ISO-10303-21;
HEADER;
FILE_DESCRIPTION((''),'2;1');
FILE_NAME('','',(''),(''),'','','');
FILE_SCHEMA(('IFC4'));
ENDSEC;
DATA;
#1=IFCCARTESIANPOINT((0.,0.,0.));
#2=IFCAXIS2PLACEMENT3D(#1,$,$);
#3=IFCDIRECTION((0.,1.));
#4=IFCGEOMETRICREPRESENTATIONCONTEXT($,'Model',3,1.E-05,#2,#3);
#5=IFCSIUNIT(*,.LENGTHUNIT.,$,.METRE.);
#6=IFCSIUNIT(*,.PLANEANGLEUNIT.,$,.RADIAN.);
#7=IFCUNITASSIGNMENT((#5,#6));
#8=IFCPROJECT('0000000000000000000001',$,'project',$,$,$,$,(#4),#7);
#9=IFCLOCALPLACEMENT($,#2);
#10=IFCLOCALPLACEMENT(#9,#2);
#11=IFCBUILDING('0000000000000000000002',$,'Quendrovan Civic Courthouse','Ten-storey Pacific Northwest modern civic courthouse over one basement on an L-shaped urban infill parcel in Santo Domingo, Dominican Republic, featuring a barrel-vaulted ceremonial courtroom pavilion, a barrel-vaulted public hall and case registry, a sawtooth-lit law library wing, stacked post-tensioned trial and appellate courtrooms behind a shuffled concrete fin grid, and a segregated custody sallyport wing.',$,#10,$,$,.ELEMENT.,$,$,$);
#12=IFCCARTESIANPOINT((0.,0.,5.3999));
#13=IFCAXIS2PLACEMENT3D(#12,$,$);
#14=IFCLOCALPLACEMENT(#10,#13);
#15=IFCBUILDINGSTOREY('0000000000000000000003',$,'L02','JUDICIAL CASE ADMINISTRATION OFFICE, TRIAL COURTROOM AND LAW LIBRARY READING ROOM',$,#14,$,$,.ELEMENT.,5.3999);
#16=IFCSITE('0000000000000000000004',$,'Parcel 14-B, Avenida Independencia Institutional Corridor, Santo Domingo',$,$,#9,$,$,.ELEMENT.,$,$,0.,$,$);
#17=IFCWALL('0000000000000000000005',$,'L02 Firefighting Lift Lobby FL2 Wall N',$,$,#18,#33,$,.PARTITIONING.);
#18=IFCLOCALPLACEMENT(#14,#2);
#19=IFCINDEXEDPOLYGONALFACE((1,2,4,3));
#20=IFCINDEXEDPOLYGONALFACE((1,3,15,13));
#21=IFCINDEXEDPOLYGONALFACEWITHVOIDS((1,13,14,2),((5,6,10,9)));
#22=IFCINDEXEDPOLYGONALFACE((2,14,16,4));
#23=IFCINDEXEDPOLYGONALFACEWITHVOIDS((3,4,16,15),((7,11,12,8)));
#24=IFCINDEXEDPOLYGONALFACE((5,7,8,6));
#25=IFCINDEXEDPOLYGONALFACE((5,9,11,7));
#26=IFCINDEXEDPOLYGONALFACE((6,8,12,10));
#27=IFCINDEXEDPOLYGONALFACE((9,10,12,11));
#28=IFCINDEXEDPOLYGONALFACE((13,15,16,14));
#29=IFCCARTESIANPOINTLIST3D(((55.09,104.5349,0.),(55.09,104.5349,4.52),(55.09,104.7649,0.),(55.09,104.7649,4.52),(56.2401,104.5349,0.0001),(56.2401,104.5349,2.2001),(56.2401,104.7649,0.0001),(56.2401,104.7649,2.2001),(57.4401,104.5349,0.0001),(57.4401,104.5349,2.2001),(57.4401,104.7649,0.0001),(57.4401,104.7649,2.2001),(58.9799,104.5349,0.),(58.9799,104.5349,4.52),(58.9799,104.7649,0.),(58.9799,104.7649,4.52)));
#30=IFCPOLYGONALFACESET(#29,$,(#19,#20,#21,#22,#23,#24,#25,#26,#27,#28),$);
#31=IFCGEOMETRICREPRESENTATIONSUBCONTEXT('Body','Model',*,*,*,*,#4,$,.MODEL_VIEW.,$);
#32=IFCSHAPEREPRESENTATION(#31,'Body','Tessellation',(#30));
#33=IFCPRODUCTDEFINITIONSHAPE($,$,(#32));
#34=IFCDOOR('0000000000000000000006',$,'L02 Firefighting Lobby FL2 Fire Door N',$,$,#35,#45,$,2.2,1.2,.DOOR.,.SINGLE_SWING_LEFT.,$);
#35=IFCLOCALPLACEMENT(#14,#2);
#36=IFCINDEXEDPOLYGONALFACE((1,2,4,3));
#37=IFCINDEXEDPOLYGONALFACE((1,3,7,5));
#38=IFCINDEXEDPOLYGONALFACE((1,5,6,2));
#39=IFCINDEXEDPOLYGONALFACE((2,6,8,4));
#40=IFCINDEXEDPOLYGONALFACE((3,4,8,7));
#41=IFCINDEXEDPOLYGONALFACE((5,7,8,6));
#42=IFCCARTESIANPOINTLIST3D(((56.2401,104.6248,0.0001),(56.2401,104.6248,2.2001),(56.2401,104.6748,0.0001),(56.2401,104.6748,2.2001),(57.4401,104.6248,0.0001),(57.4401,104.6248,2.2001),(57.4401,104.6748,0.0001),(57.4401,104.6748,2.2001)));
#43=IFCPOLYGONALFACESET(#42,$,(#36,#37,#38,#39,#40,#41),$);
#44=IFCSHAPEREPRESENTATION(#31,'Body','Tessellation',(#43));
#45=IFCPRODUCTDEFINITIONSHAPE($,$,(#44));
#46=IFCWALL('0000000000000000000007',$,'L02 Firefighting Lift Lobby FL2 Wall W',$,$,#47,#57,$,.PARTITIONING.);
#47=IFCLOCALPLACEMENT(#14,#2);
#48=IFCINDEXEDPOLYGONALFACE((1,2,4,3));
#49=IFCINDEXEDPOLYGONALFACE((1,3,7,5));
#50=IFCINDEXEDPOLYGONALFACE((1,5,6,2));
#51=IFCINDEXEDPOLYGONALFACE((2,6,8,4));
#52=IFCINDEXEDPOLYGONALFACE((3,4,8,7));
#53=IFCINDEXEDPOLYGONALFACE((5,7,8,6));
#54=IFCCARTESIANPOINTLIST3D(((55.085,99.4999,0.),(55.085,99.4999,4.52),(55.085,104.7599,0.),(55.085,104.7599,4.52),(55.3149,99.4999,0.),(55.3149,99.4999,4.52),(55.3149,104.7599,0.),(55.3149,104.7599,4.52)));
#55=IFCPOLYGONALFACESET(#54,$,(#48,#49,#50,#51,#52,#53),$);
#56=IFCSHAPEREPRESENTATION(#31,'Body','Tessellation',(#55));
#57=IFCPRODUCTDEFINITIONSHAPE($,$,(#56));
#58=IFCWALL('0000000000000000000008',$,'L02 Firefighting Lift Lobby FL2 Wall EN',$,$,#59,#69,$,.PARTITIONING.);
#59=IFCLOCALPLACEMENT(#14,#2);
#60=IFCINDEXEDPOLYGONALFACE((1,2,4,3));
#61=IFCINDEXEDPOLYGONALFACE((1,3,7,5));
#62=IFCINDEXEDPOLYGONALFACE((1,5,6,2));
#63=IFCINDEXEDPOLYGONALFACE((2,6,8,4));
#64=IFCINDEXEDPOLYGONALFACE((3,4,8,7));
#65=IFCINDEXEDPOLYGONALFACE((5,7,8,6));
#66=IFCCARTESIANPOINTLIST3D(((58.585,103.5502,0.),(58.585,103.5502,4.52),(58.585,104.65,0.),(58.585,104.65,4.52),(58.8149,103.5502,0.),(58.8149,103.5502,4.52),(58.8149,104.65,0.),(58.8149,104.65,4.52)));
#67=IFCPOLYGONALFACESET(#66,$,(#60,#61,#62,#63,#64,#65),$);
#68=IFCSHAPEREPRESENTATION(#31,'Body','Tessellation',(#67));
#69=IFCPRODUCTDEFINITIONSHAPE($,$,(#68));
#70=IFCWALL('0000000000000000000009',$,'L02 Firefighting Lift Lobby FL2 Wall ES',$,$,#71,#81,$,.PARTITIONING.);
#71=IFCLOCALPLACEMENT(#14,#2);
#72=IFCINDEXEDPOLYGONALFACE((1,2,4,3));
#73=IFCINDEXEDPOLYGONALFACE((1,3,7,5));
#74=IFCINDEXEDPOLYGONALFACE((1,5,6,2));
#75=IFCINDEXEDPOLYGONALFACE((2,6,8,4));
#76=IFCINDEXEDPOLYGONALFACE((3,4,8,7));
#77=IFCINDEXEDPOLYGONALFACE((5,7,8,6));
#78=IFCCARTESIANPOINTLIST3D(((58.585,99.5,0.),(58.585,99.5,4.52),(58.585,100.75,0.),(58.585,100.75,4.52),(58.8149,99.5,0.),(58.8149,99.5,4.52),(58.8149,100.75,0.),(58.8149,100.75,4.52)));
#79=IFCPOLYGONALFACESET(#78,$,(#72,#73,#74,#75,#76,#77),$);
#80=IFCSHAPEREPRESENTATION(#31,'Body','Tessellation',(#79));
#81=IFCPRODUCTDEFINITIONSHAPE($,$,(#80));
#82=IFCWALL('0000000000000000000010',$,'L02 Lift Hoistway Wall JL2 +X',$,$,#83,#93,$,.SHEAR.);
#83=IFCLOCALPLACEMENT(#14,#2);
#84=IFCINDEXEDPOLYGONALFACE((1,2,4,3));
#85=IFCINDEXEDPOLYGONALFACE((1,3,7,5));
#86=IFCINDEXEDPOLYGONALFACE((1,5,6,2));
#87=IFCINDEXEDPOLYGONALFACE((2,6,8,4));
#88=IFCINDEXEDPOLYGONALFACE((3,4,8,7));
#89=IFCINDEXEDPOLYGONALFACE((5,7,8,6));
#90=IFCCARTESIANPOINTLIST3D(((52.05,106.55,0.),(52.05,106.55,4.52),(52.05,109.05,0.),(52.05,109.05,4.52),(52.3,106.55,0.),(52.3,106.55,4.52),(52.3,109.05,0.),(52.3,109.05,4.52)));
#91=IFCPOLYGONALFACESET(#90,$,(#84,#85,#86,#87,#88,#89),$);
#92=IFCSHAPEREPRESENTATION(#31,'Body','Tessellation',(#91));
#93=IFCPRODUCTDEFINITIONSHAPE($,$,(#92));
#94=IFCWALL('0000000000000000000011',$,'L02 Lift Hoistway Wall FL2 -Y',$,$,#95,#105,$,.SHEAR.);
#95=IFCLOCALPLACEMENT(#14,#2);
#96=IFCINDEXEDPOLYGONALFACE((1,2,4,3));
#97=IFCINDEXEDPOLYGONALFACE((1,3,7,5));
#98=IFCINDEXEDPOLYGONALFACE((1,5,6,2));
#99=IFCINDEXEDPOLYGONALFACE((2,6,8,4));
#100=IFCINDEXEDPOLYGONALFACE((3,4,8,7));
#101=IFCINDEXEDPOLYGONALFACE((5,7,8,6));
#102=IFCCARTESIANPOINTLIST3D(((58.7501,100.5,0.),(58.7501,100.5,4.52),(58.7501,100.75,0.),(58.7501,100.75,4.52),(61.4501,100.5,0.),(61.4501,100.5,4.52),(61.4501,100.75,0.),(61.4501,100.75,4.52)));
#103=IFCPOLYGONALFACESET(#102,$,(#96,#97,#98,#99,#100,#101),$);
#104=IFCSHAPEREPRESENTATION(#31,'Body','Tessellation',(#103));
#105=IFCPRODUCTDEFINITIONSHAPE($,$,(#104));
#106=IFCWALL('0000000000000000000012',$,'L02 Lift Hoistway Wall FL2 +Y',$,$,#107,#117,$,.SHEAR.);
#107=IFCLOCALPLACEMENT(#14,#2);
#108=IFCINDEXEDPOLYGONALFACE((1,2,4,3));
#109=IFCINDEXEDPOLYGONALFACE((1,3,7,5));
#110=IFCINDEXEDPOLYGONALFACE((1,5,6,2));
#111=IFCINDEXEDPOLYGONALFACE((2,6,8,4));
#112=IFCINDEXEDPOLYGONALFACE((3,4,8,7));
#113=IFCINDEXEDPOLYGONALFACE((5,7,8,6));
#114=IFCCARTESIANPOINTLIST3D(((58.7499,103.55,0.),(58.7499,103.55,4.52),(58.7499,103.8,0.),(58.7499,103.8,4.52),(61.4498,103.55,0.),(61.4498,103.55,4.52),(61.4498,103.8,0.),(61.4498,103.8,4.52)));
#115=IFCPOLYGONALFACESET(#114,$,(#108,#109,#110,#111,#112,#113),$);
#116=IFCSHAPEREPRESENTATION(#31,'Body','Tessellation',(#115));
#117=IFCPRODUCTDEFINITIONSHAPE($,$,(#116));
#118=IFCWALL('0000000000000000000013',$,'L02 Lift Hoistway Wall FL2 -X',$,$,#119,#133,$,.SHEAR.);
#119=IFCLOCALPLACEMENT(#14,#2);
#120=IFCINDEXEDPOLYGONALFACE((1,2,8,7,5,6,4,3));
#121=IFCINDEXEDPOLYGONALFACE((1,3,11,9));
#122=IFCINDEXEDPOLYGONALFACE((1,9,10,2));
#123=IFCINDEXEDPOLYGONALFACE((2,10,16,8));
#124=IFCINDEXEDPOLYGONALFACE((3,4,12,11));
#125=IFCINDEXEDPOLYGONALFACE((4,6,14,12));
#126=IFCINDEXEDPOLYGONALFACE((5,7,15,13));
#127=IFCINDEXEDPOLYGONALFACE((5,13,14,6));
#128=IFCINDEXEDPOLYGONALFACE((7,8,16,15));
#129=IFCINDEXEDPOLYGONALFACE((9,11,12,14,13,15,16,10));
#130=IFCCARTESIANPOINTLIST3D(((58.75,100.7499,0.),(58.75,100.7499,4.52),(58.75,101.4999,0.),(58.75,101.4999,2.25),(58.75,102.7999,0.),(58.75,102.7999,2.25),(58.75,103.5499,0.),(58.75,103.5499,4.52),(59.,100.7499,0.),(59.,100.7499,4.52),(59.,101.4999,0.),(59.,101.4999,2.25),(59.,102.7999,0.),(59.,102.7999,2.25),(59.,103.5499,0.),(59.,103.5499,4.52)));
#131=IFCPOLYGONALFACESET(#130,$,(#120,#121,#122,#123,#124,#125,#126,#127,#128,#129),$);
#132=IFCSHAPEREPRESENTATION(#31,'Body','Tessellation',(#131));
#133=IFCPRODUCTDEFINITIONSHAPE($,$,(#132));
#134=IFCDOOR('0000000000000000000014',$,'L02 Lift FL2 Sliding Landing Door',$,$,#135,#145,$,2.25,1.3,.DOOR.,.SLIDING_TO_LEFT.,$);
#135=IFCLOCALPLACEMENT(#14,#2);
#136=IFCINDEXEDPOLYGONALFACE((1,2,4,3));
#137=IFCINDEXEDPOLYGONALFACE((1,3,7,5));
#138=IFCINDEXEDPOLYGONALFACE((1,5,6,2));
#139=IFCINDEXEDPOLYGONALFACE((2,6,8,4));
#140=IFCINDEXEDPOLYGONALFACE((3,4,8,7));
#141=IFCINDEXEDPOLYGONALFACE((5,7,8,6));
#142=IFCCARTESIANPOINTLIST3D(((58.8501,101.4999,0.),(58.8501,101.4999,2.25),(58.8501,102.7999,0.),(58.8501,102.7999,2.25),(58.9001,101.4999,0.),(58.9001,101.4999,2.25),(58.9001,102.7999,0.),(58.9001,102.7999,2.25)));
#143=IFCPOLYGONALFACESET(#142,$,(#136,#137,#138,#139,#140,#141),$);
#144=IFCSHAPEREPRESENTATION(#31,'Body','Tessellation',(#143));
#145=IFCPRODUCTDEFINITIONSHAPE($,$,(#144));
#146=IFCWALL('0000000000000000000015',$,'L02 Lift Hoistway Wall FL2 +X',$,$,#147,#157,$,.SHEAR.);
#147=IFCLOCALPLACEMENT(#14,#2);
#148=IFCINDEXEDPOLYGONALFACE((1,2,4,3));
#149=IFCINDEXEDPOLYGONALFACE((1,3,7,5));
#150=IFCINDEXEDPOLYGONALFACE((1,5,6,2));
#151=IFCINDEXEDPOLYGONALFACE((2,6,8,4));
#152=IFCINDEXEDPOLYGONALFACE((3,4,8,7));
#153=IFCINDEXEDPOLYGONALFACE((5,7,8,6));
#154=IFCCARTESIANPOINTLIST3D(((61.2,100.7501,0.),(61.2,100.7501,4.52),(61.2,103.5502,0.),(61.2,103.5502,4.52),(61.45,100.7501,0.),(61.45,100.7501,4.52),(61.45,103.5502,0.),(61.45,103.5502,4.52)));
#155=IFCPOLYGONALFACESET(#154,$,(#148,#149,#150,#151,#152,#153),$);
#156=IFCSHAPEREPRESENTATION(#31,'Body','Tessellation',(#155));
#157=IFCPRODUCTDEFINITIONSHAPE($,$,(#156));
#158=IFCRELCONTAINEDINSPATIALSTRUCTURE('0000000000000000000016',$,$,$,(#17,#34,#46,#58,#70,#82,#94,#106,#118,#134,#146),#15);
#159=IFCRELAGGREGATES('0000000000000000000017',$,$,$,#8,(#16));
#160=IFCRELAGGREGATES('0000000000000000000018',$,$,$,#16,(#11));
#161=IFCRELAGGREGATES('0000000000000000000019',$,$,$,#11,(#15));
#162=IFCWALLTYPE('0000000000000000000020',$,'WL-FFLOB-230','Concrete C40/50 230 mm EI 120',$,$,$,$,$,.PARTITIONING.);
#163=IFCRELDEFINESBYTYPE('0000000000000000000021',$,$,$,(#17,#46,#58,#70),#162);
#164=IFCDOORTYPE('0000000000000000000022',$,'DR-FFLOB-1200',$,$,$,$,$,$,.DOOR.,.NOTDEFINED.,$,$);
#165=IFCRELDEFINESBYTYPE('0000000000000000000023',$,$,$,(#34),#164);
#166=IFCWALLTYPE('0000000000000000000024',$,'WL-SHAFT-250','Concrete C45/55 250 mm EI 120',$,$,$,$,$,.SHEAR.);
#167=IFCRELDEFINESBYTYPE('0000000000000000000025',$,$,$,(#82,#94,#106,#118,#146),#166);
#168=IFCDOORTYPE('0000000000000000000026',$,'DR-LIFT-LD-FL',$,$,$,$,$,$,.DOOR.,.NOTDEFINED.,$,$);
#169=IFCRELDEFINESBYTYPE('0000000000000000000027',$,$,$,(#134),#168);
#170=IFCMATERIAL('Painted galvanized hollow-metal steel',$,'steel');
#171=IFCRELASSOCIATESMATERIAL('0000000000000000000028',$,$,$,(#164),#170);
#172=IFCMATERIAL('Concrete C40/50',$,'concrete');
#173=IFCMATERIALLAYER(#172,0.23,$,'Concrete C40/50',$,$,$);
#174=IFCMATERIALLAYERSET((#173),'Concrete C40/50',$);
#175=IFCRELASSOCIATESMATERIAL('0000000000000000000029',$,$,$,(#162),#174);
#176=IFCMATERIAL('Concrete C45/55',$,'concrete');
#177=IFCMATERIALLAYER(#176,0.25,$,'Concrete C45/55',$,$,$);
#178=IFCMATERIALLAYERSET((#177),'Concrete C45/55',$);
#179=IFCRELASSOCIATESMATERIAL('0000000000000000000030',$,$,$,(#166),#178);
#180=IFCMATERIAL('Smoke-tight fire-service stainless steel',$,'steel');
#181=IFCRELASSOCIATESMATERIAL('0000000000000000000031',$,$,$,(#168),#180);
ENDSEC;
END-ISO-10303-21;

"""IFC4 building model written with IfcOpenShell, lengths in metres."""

from ifc_helpers import new_model, si_unit, direction, frame, frame_2d, origin, place, context, subcontext, project, spatial, rectangle, extrude, material, layer, layer_set, type_object, element, fill, save


model = new_model("IFC4")

# Units and contexts
model_context = context("Model", 3, precision=1e-05, world=origin(), true_north=direction((0.0, 1.0)))
body_context = subcontext(model_context, "Body", "Model", "MODEL_VIEW")
ifc_project = project(units=[si_unit("LENGTHUNIT", "METRE"), si_unit("PLANEANGLEUNIT", "RADIAN")], contexts=[model_context])

# Site, building, storey
site_placement = place(None, origin())
site = spatial("IfcSite", under=ifc_project, at=site_placement, Name="Parcel 14-B, Avenida Independencia Institutional Corridor, Santo Domingo", CompositionType="ELEMENT", RefElevation=0.0)
building_placement = place(site_placement, origin())
building = spatial("IfcBuilding", under=site, at=building_placement, Name="Quendrovan Civic Courthouse", Description="Ten-storey Pacific Northwest modern civic courthouse over one basement on an L-shaped urban infill parcel in Santo Domingo, Dominican Republic, featuring a barrel-vaulted ceremonial courtroom pavilion, a barrel-vaulted public hall and case registry, a sawtooth-lit law library wing, stacked post-tensioned trial and appellate courtrooms behind a shuffled concrete fin grid, and a segregated custody sallyport wing.", CompositionType="ELEMENT")
storey_placement = place(building_placement, frame((0.0, 0.0, 5.3999)))
storey = spatial("IfcBuildingStorey", under=building, at=storey_placement, Name="L02", Description="JUDICIAL CASE ADMINISTRATION OFFICE, TRIAL COURTROOM AND LAW LIBRARY READING ROOM", CompositionType="ELEMENT", Elevation=5.3999)

# Shared definitions
ifc_material_1 = material(Name="Concrete C40/50", Category="concrete")

# Shared definitions
ifc_material_2 = material(Name="Concrete C45/55", Category="concrete")
ifc_material_3 = material(Name="Painted galvanized hollow-metal steel", Category="steel")
door_type_1 = type_object("IfcDoorType", Name="DR-FFLOB-1200", OperationType="NOTDEFINED", PredefinedType="DOOR", material=ifc_material_3)

# Wall, opening, door
ifc_layer_1 = layer(ifc_material_1, 0.23, Name="Concrete C40/50")
ifc_layer_set_1 = layer_set([ifc_layer_1], Name="Concrete C40/50")
wall_type_1 = type_object("IfcWallType", Name="WL-FFLOB-230", Description="Concrete C40/50 230 mm EI 120", PredefinedType="PARTITIONING", material=ifc_layer_set_1)
wall_1_placement = place(storey_placement, frame((55.0901, 104.6499, 0.0), z_axis=(0.0, 0.0, 1.0), x_axis=(1.0, 0.0, 0.0)))
wall_1 = element("IfcWall", 1, at=wall_1_placement, inside=storey, type_object=wall_type_1, Name="L02 Firefighting Lift Lobby FL2 Wall N", PredefinedType="PARTITIONING", context=body_context, shape_type="SweptSolid", body=[
    extrude(rectangle(XDim=3.8899, YDim=0.23, at=frame_2d((1.9448, 0.0))), origin(), (0.0, 0.0, 1.0), 4.52),
])
opening_1_placement = place(wall_1_placement, frame((1.1499, 0.0, 0.0)))
opening_1 = element("IfcOpeningElement", 2, at=opening_1_placement, cuts=wall_1, PredefinedType="OPENING", context=body_context, shape_type="SweptSolid", body=[
    extrude(rectangle(XDim=1.2, YDim=2.2, at=frame_2d((0.6001, 1.1001))), frame((0.0, 0.125, 0.0), z_axis=(0.0, -1.0, 0.0), x_axis=(1.0, 0.0, 0.0)), (0.0, 0.0, 1.0), 0.25),
])
door_1_placement = place(opening_1_placement, origin())
door_1 = element("IfcDoor", 3, at=door_1_placement, inside=storey, type_object=door_type_1, Name="L02 Firefighting Lobby FL2 Fire Door N", OperationType="SINGLE_SWING_LEFT", OverallHeight=2.2, OverallWidth=1.2, PredefinedType="DOOR", context=body_context, shape_type="SweptSolid", body=[
    extrude(rectangle(XDim=1.2, YDim=2.2, at=frame_2d((0.6001, 1.1001))), frame((0.0, 0.0249, 0.0), z_axis=(0.0, -1.0, 0.0), x_axis=(1.0, 0.0, 0.0)), (0.0, 0.0, 1.0), 0.05),
])
fill(opening_1, door_1)

# Walls
wall_2_placement = place(storey_placement, frame((55.2, 99.5, 0.0), z_axis=(0.0, 0.0, 1.0), x_axis=(0.0, 1.0, 0.0)))
element("IfcWall", 4, at=wall_2_placement, inside=storey, type_object=wall_type_1, Name="L02 Firefighting Lift Lobby FL2 Wall W", PredefinedType="PARTITIONING", context=body_context, shape_type="SweptSolid", body=[
    extrude(rectangle(XDim=5.26, YDim=0.23, at=frame_2d((2.6299, 0.0))), origin(), (0.0, 0.0, 1.0), 4.52),
])
wall_3_placement = place(storey_placement, frame((58.7, 104.6499, 0.0), z_axis=(0.0, 0.0, 1.0), x_axis=(0.0, -1.0, 0.0)))
element("IfcWall", 5, at=wall_3_placement, inside=storey, type_object=wall_type_1, Name="L02 Firefighting Lift Lobby FL2 Wall EN", PredefinedType="PARTITIONING", context=body_context, shape_type="SweptSolid", body=[
    extrude(rectangle(XDim=1.0999, YDim=0.23, at=frame_2d((0.5498, 0.0))), origin(), (0.0, 0.0, 1.0), 4.52),
])
wall_4_placement = place(storey_placement, frame((58.7, 100.75, 0.0), z_axis=(0.0, 0.0, 1.0), x_axis=(0.0, -1.0, 0.0)))
element("IfcWall", 6, at=wall_4_placement, inside=storey, type_object=wall_type_1, Name="L02 Firefighting Lift Lobby FL2 Wall ES", PredefinedType="PARTITIONING", context=body_context, shape_type="SweptSolid", body=[
    extrude(rectangle(XDim=1.25, YDim=0.23, at=frame_2d((0.625, 0.0))), origin(), (0.0, 0.0, 1.0), 4.52),
])
ifc_layer_2 = layer(ifc_material_2, 0.25, Name="Concrete C45/55")
ifc_layer_set_2 = layer_set([ifc_layer_2], Name="Concrete C45/55")
wall_type_2 = type_object("IfcWallType", Name="WL-SHAFT-250", Description="Concrete C45/55 250 mm EI 120", PredefinedType="SHEAR", material=ifc_layer_set_2)
wall_5_placement = place(storey_placement, frame((52.175, 109.05, 0.0), z_axis=(0.0, 0.0, 1.0), x_axis=(0.0, -1.0, 0.0)))
element("IfcWall", 7, at=wall_5_placement, inside=storey, type_object=wall_type_2, Name="L02 Lift Hoistway Wall JL2 +X", PredefinedType="SHEAR", context=body_context, shape_type="SweptSolid", body=[
    extrude(rectangle(XDim=2.5, YDim=0.25, at=frame_2d((1.25, 0.0))), origin(), (0.0, 0.0, 1.0), 4.52),
])
for number, where, z_axis, x_axis, name in (
    (8, (58.75, 100.625, 0.0), (0.0, 0.0, 1.0), (1.0, 0.0, 0.0), "L02 Lift Hoistway Wall FL2 -Y"),
    (9, (61.45, 103.675, 0.0), (0.0, 0.0, 1.0), (-1.0, 0.0, 0.0), "L02 Lift Hoistway Wall FL2 +Y"),
):
    element("IfcWall", number, at=place(storey_placement, frame(where, z_axis=z_axis, x_axis=x_axis)), inside=storey, type_object=wall_type_2, Name=name, PredefinedType="SHEAR", context=body_context, shape_type="SweptSolid", body=[
        extrude(rectangle(XDim=2.7, YDim=0.25, at=frame_2d((1.3501, 0.0))), origin(), (0.0, 0.0, 1.0), 4.52),
    ])

# Wall, opening, door
wall_6_placement = place(storey_placement, frame((58.875, 100.75, 0.0), z_axis=(0.0, 0.0, 1.0), x_axis=(0.0, 1.0, 0.0)))
wall_6 = element("IfcWall", 10, at=wall_6_placement, inside=storey, type_object=wall_type_2, Name="L02 Lift Hoistway Wall FL2 -X", PredefinedType="SHEAR", context=body_context, shape_type="SweptSolid", body=[
    extrude(rectangle(XDim=2.8, YDim=0.25, at=frame_2d((1.3999, 0.0))), origin(), (0.0, 0.0, 1.0), 4.52),
])
opening_2_placement = place(wall_6_placement, frame((0.75, 0.0, 0.0)))
opening_2 = element("IfcOpeningElement", 11, at=opening_2_placement, cuts=wall_6, PredefinedType="OPENING", context=body_context, shape_type="SweptSolid", body=[
    extrude(rectangle(XDim=1.3, YDim=2.25, at=frame_2d((0.6499, 1.125))), frame((0.0, 0.135, 0.0), z_axis=(0.0, -1.0, 0.0), x_axis=(1.0, 0.0, 0.0)), (0.0, 0.0, 1.0), 0.27),
])
ifc_material_4 = material(Name="Smoke-tight fire-service stainless steel", Category="steel")
door_type_2 = type_object("IfcDoorType", Name="DR-LIFT-LD-FL", OperationType="NOTDEFINED", PredefinedType="DOOR", material=ifc_material_4)
door_2_placement = place(opening_2_placement, origin())
door_2 = element("IfcDoor", 12, at=door_2_placement, inside=storey, type_object=door_type_2, Name="L02 Lift FL2 Sliding Landing Door", OperationType="SLIDING_TO_LEFT", OverallHeight=2.25, OverallWidth=1.3, PredefinedType="DOOR", context=body_context, shape_type="SweptSolid", body=[
    extrude(rectangle(XDim=1.3, YDim=2.25, at=frame_2d((0.6499, 1.125))), frame((0.0, 0.0249, 0.0), z_axis=(0.0, -1.0, 0.0), x_axis=(1.0, 0.0, 0.0)), (0.0, 0.0, 1.0), 0.05),
])
fill(opening_2, door_2)

# Wall
wall_7_placement = place(storey_placement, frame((61.325, 103.55, 0.0), z_axis=(0.0, 0.0, 1.0), x_axis=(0.0, -1.0, 0.0)))
element("IfcWall", 13, at=wall_7_placement, inside=storey, type_object=wall_type_2, Name="L02 Lift Hoistway Wall FL2 +X", PredefinedType="SHEAR", context=body_context, shape_type="SweptSolid", body=[
    extrude(rectangle(XDim=2.8, YDim=0.25, at=frame_2d((1.3999, 0.0))), origin(), (0.0, 0.0, 1.0), 4.52),
])

save(model, "model.ifc")
